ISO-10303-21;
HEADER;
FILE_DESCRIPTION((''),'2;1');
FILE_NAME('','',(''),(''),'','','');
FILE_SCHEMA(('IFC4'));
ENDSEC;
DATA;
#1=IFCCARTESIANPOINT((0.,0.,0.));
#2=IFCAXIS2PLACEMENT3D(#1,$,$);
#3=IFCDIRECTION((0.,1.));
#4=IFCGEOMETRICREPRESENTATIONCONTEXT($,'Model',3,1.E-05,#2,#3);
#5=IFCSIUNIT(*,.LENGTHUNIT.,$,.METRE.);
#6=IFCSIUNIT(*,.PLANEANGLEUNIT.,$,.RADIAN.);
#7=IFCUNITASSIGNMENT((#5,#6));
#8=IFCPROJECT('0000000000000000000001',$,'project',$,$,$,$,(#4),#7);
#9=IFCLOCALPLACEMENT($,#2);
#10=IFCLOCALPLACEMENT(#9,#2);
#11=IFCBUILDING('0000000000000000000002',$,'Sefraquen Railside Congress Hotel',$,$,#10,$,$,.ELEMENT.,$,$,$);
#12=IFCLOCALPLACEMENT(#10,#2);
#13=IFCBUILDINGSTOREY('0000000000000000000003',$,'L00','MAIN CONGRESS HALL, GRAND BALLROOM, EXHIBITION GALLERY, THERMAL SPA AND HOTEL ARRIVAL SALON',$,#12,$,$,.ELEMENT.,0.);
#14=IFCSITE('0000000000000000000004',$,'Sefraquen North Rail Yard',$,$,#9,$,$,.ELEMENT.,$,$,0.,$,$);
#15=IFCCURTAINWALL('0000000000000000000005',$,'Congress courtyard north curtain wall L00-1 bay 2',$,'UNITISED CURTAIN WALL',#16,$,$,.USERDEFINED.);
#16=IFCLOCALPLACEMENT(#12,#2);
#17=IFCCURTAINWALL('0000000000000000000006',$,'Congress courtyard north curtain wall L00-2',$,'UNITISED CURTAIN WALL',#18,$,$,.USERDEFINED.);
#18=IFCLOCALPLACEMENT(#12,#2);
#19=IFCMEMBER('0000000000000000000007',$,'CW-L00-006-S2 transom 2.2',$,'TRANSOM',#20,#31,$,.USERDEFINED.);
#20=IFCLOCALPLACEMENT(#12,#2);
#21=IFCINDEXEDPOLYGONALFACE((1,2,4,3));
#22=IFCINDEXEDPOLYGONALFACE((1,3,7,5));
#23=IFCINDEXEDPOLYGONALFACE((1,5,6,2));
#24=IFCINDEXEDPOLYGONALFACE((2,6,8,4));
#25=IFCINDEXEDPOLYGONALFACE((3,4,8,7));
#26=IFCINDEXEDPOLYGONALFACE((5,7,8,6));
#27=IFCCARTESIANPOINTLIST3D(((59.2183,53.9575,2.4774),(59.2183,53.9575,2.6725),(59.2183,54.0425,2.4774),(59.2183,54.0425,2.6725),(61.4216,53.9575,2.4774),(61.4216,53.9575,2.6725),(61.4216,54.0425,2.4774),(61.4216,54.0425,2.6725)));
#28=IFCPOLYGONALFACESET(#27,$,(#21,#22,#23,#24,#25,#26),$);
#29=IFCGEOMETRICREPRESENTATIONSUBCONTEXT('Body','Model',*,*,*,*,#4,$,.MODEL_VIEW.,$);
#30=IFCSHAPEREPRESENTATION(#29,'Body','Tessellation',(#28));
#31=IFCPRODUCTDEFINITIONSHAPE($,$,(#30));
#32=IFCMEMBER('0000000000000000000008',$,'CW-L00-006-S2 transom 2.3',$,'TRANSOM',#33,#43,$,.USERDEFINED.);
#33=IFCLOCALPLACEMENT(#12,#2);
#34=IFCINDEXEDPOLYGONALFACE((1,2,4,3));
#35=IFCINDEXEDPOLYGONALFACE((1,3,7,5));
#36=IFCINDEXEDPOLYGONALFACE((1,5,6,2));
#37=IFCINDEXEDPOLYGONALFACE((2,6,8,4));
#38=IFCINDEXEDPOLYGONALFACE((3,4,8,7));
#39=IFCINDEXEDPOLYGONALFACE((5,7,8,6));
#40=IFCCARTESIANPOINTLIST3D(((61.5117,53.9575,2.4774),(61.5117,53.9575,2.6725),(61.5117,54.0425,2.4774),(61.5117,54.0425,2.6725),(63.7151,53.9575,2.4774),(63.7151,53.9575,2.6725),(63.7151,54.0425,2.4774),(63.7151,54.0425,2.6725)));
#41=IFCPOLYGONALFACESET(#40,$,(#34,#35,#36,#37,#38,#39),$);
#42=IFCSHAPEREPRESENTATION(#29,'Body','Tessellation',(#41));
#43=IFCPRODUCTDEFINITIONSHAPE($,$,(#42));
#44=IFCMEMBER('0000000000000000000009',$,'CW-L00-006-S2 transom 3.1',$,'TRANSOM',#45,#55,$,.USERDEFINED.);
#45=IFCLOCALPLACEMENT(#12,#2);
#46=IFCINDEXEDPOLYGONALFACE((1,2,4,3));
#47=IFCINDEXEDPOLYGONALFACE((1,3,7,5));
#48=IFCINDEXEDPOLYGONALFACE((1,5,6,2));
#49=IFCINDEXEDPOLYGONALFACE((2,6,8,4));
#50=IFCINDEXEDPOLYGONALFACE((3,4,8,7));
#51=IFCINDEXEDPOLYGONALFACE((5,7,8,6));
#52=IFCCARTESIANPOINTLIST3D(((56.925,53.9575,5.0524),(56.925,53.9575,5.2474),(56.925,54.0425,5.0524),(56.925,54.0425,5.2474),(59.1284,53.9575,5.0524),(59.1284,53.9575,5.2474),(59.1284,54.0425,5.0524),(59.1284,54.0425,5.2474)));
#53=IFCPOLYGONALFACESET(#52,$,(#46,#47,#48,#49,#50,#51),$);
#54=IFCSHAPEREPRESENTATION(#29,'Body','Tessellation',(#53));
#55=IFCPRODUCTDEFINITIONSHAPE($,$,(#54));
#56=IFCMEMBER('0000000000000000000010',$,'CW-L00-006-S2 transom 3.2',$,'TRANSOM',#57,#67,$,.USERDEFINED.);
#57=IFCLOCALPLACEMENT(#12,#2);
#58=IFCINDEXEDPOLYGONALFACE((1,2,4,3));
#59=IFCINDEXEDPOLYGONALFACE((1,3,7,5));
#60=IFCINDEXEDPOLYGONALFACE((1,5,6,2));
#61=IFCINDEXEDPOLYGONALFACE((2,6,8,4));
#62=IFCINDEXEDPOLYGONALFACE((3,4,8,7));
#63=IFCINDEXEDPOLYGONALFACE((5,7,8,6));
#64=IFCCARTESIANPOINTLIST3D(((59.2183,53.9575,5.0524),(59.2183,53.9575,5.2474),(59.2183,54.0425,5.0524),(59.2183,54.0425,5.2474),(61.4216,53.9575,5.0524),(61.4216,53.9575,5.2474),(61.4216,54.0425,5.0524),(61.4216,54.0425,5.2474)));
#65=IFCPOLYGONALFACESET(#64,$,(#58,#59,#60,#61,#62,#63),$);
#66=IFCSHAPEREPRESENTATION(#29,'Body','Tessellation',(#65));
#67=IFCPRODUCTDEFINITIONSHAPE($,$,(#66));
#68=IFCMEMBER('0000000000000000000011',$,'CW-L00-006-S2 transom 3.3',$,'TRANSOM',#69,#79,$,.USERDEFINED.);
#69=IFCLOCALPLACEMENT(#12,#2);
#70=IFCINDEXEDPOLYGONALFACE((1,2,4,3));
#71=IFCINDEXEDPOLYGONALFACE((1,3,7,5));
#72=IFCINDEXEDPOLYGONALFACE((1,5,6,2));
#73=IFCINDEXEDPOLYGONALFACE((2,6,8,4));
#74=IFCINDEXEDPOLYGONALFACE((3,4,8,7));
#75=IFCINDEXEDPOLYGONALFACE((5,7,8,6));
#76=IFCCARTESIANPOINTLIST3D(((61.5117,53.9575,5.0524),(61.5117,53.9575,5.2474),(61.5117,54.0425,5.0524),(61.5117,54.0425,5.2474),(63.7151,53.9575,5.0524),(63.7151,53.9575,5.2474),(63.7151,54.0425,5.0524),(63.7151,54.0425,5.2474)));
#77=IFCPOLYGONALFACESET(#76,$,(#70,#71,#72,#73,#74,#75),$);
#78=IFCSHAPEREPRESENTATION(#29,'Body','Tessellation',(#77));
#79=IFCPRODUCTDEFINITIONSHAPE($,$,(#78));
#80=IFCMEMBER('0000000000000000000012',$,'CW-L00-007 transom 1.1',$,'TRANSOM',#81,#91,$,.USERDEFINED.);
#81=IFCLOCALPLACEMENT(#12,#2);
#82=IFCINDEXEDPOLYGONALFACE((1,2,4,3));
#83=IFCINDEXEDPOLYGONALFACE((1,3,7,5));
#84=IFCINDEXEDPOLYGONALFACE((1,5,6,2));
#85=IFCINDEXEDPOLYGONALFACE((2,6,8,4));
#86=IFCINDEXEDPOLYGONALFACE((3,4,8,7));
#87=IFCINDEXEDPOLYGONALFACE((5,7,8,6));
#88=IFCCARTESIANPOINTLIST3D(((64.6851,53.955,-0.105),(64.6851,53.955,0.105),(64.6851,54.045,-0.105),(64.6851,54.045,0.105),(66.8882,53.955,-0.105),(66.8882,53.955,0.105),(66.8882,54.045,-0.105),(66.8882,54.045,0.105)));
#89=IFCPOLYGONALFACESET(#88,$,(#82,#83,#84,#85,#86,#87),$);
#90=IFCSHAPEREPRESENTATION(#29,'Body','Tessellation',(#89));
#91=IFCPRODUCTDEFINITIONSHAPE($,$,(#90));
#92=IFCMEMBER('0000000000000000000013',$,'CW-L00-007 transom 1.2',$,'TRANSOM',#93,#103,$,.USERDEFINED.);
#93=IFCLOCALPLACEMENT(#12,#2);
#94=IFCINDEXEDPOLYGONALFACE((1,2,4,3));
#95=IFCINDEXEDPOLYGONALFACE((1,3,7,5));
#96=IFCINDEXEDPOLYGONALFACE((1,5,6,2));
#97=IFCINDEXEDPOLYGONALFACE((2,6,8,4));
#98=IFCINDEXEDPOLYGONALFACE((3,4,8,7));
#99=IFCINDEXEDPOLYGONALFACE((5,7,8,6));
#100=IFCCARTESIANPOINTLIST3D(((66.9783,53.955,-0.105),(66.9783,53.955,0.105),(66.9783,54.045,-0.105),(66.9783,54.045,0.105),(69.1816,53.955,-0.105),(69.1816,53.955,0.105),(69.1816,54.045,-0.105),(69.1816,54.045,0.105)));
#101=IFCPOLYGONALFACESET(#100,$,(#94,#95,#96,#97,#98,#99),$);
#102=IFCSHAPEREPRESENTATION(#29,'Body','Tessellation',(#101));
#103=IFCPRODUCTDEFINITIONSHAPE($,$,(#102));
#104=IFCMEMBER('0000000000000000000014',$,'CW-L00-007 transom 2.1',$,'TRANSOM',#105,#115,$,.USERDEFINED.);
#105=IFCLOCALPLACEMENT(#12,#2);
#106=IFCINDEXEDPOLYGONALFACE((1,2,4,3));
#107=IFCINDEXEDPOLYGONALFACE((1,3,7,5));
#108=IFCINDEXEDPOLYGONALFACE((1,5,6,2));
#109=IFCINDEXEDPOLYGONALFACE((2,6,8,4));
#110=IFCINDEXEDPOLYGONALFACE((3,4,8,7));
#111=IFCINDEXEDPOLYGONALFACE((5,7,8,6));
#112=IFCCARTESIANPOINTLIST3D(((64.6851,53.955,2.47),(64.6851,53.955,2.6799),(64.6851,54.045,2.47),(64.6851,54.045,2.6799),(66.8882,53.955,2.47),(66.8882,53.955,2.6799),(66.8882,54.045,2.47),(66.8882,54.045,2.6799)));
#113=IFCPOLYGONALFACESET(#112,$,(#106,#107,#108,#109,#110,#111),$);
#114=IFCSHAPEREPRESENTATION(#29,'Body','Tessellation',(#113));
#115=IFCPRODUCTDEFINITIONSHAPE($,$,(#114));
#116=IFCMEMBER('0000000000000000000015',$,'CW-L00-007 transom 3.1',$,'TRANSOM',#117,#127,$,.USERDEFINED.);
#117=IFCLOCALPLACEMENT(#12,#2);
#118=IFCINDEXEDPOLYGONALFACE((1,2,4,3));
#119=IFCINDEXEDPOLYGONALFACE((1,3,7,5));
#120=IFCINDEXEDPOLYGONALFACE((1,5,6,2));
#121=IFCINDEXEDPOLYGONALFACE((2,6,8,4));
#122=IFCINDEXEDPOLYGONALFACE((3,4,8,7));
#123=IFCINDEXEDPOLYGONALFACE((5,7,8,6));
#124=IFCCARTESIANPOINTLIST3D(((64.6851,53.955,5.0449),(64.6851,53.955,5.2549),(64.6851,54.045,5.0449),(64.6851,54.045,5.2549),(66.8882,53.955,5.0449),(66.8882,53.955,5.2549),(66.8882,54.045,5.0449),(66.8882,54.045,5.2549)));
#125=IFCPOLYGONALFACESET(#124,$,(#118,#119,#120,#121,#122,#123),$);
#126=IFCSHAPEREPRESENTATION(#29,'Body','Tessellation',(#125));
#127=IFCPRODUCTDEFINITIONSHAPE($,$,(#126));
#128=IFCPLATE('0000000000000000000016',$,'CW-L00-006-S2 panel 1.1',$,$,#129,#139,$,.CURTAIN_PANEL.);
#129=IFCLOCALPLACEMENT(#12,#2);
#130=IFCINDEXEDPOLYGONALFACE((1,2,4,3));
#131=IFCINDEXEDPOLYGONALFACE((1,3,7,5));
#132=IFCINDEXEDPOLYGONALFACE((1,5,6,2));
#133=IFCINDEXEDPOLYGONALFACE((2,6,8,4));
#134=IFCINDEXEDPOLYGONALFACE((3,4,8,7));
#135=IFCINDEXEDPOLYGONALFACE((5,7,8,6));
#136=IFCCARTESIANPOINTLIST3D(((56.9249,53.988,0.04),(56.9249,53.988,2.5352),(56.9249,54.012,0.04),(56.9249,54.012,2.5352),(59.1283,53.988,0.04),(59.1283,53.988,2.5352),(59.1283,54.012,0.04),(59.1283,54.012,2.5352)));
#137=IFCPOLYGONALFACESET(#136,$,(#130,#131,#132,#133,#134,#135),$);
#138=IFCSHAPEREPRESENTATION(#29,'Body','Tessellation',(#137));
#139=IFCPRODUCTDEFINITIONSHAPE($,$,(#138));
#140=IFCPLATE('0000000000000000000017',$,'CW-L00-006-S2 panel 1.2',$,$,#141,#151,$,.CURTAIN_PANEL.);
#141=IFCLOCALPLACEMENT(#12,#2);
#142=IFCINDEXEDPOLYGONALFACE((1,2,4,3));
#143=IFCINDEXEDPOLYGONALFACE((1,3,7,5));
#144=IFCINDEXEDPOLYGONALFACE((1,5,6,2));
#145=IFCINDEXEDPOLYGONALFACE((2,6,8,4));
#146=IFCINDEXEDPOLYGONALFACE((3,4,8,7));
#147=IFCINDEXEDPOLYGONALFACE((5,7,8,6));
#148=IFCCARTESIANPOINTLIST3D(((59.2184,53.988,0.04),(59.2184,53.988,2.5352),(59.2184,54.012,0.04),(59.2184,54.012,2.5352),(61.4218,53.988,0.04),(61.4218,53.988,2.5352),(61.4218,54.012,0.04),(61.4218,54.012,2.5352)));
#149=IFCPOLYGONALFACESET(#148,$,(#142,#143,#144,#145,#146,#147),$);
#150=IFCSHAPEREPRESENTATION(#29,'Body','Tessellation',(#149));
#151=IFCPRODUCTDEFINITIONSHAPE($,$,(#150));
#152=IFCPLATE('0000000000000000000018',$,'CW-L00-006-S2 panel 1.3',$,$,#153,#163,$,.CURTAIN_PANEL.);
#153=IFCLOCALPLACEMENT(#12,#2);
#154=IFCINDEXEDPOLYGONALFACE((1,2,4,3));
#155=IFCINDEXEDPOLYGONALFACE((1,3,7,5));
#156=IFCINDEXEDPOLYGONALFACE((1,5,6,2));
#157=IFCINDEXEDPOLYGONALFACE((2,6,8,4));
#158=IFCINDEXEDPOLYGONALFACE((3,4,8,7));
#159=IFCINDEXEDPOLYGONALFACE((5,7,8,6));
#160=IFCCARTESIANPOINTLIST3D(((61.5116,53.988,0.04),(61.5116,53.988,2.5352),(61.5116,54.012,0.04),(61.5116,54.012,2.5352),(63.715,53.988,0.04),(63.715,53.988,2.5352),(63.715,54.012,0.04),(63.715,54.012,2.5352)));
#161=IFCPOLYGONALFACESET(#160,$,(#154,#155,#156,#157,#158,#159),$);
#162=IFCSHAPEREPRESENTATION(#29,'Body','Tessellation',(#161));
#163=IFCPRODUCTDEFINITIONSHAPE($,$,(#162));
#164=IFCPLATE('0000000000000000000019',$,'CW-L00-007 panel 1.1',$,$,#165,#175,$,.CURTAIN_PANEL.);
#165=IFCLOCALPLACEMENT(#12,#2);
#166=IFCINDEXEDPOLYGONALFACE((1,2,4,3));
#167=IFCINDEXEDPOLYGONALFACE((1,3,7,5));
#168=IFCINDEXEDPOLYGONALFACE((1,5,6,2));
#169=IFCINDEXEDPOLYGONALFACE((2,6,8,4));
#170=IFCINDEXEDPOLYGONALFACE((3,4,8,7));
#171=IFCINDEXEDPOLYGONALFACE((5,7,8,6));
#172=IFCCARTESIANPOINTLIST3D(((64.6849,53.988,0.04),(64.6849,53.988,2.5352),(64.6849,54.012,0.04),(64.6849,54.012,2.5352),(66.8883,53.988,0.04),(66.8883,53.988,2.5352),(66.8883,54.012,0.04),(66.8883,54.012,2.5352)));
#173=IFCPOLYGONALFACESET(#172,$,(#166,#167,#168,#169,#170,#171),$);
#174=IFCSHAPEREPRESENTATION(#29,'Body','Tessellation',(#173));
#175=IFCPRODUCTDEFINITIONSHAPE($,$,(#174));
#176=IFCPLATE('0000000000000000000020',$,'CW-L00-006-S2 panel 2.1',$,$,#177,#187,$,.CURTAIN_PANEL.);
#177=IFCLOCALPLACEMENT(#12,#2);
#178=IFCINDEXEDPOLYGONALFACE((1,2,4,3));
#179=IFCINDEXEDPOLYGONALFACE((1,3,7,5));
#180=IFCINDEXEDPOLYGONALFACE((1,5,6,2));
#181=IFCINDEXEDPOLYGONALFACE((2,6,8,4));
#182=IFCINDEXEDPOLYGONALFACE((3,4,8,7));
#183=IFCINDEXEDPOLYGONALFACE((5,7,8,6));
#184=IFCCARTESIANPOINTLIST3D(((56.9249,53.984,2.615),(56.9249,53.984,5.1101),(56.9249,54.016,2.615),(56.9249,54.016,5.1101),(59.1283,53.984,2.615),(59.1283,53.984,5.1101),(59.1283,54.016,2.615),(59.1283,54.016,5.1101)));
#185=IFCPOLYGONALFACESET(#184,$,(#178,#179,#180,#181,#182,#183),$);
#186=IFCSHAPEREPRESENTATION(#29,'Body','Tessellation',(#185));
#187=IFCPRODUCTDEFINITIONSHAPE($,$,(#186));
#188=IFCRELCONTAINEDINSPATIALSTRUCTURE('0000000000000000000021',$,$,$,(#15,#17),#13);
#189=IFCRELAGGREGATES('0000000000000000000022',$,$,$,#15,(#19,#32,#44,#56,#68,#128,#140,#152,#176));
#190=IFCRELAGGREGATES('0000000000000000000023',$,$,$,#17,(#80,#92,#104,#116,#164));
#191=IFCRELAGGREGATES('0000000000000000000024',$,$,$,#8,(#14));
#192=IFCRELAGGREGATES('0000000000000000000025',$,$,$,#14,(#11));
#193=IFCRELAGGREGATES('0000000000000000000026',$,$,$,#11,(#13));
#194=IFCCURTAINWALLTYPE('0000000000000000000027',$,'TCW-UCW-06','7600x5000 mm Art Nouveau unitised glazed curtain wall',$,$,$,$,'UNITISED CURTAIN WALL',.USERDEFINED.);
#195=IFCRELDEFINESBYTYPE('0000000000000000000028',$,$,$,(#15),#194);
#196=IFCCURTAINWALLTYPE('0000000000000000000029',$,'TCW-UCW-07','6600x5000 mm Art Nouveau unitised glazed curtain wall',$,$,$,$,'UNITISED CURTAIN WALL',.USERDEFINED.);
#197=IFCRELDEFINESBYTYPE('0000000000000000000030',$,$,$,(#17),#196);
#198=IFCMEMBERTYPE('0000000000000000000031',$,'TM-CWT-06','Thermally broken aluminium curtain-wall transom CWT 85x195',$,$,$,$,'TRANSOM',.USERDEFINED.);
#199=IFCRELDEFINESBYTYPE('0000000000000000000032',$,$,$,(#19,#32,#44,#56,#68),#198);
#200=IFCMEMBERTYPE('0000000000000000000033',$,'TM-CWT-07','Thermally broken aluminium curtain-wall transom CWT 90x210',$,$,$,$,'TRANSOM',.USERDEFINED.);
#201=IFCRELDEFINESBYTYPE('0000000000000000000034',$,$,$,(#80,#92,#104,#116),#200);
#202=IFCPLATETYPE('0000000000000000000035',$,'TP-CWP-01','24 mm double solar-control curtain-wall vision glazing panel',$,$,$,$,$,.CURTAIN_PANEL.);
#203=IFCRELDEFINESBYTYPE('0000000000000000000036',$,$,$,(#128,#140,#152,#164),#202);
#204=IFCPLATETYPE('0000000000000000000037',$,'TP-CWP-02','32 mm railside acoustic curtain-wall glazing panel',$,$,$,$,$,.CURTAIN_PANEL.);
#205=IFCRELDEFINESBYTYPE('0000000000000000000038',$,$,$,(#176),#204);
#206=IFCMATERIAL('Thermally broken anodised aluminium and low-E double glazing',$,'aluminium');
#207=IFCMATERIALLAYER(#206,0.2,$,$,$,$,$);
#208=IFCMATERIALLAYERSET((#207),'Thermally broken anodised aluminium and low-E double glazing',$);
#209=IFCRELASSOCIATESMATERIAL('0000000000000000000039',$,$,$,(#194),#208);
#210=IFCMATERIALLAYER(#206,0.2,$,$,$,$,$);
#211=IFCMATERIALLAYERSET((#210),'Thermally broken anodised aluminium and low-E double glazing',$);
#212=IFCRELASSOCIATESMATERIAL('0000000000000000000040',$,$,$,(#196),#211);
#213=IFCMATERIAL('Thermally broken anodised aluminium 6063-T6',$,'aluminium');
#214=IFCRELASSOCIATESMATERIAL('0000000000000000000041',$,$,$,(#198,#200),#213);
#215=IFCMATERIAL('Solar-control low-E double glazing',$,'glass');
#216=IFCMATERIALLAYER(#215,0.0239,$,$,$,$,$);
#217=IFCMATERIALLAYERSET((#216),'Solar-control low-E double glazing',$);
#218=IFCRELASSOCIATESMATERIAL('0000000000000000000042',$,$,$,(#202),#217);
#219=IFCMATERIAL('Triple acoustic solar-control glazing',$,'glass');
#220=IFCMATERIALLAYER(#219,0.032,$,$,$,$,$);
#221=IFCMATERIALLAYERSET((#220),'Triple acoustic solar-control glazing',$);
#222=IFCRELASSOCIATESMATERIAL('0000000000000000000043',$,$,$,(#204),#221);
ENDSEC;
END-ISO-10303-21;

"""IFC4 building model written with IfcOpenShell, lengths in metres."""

from ifc_helpers import new_model, si_unit, direction, frame, origin, origin_2d, place, context, subcontext, project, spatial, rectangle, extrude, material, layer, layer_set, material_profile, profile_set, type_object, element, aggregate, save


model = new_model("IFC4")

# Units and contexts
model_context = context("Model", 3, precision=1e-05, world=origin(), true_north=direction((0.0, 1.0)))
body_context = subcontext(model_context, "Body", "Model", "MODEL_VIEW")
ifc_project = project(units=[si_unit("LENGTHUNIT", "METRE"), si_unit("PLANEANGLEUNIT", "RADIAN")], contexts=[model_context])

# Site, building, storey
site_placement = place(None, origin())
site = spatial("IfcSite", under=ifc_project, at=site_placement, Name="Sefraquen North Rail Yard", CompositionType="ELEMENT", RefElevation=0.0)
building_placement = place(site_placement, origin())
building = spatial("IfcBuilding", under=site, at=building_placement, Name="Sefraquen Railside Congress Hotel", CompositionType="ELEMENT")
storey_placement = place(building_placement, origin())
storey = spatial("IfcBuildingStorey", under=building, at=storey_placement, Name="L00", Description="MAIN CONGRESS HALL, GRAND BALLROOM, EXHIBITION GALLERY, THERMAL SPA AND HOTEL ARRIVAL SALON", CompositionType="ELEMENT", Elevation=0.0)

# Curtain wall
ifc_material_1 = material(Name="Thermally broken anodised aluminium and low-E double glazing", Category="aluminium")
ifc_layer_1 = layer(ifc_material_1, 0.2)
ifc_layer_set_1 = layer_set([ifc_layer_1], Name="Thermally broken anodised aluminium and low-E double glazing")
curtain_wall_type_1 = type_object("IfcCurtainWallType", Name="TCW-UCW-06", Description="7600x5000 mm Art Nouveau unitised glazed curtain wall", ElementType="UNITISED CURTAIN WALL", PredefinedType="USERDEFINED", material=ifc_layer_set_1)
curtain_wall_1_placement = place(storey_placement, origin())
curtain_wall_1 = element("IfcCurtainWall", 1, at=curtain_wall_1_placement, inside=storey, type_object=curtain_wall_type_1, Name="Congress courtyard north curtain wall L00-1 bay 2", ObjectType="UNITISED CURTAIN WALL", PredefinedType="USERDEFINED")
ifc_material_2 = material(Name="Thermally broken anodised aluminium 6063-T6", Category="aluminium")

# Curtain wall
ifc_layer_2 = layer(ifc_material_1, 0.2)
ifc_layer_set_2 = layer_set([ifc_layer_2], Name="Thermally broken anodised aluminium and low-E double glazing")
curtain_wall_type_2 = type_object("IfcCurtainWallType", Name="TCW-UCW-07", Description="6600x5000 mm Art Nouveau unitised glazed curtain wall", ElementType="UNITISED CURTAIN WALL", PredefinedType="USERDEFINED", material=ifc_layer_set_2)
curtain_wall_2_placement = place(storey_placement, origin())
curtain_wall_2 = element("IfcCurtainWall", 2, at=curtain_wall_2_placement, inside=storey, type_object=curtain_wall_type_2, Name="Congress courtyard north curtain wall L00-2", ObjectType="UNITISED CURTAIN WALL", PredefinedType="USERDEFINED")

# Members
ifc_material_profile_1 = material_profile(ifc_material_2, rectangle(XDim=0.085, YDim=0.1951, at=origin_2d()), Name="CWT 85x195")
ifc_profile_set_1 = profile_set([ifc_material_profile_1], Name="Thermally broken anodised aluminium 6063-T6")
member_type_1 = type_object("IfcMemberType", Name="TM-CWT-06", Description="Thermally broken aluminium curtain-wall transom CWT 85x195", ElementType="TRANSOM", PredefinedType="USERDEFINED", material=ifc_profile_set_1)
member_1_placement = place(storey_placement, frame((59.2183, 54.0, 2.575), z_axis=(1.0, 0.0, 0.0), x_axis=(0.0, 1.0, 0.0)))
member_1 = element("IfcMember", 3, at=member_1_placement, type_object=member_type_1, Name="CW-L00-006-S2 transom 2.2", ObjectType="TRANSOM", PredefinedType="USERDEFINED", context=body_context, shape_type="SweptSolid", body=[
    extrude(rectangle(XDim=0.085, YDim=0.1951, at=origin_2d()), origin(), (0.0, 0.0, 1.0), 2.2034),
])
member_2_placement = place(storey_placement, frame((61.5117, 54.0, 2.575), z_axis=(1.0, 0.0, 0.0), x_axis=(0.0, 1.0, 0.0)))
member_2 = element("IfcMember", 4, at=member_2_placement, type_object=member_type_1, Name="CW-L00-006-S2 transom 2.3", ObjectType="TRANSOM", PredefinedType="USERDEFINED", context=body_context, shape_type="SweptSolid", body=[
    extrude(rectangle(XDim=0.085, YDim=0.1951, at=origin_2d()), origin(), (0.0, 0.0, 1.0), 2.2034),
])
member_3_placement = place(storey_placement, frame((56.925, 54.0, 5.1499), z_axis=(1.0, 0.0, 0.0), x_axis=(0.0, 1.0, 0.0)))
member_3 = element("IfcMember", 5, at=member_3_placement, type_object=member_type_1, Name="CW-L00-006-S2 transom 3.1", ObjectType="TRANSOM", PredefinedType="USERDEFINED", context=body_context, shape_type="SweptSolid", body=[
    extrude(rectangle(XDim=0.085, YDim=0.1951, at=origin_2d()), origin(), (0.0, 0.0, 1.0), 2.2034),
])
member_4_placement = place(storey_placement, frame((59.2183, 54.0, 5.1499), z_axis=(1.0, 0.0, 0.0), x_axis=(0.0, 1.0, 0.0)))
member_4 = element("IfcMember", 6, at=member_4_placement, type_object=member_type_1, Name="CW-L00-006-S2 transom 3.2", ObjectType="TRANSOM", PredefinedType="USERDEFINED", context=body_context, shape_type="SweptSolid", body=[
    extrude(rectangle(XDim=0.085, YDim=0.1951, at=origin_2d()), origin(), (0.0, 0.0, 1.0), 2.2034),
])
member_5_placement = place(storey_placement, frame((61.5117, 54.0, 5.1499), z_axis=(1.0, 0.0, 0.0), x_axis=(0.0, 1.0, 0.0)))
member_5 = element("IfcMember", 7, at=member_5_placement, type_object=member_type_1, Name="CW-L00-006-S2 transom 3.3", ObjectType="TRANSOM", PredefinedType="USERDEFINED", context=body_context, shape_type="SweptSolid", body=[
    extrude(rectangle(XDim=0.085, YDim=0.1951, at=origin_2d()), origin(), (0.0, 0.0, 1.0), 2.2034),
])
ifc_material_profile_2 = material_profile(ifc_material_2, rectangle(XDim=0.0901, YDim=0.21, at=origin_2d()), Name="CWT 90x210")
ifc_profile_set_2 = profile_set([ifc_material_profile_2], Name="Thermally broken anodised aluminium 6063-T6")
member_type_2 = type_object("IfcMemberType", Name="TM-CWT-07", Description="Thermally broken aluminium curtain-wall transom CWT 90x210", ElementType="TRANSOM", PredefinedType="USERDEFINED", material=ifc_profile_set_2)
member_6_placement = place(storey_placement, frame((64.6851, 54.0, 0.0), z_axis=(1.0, 0.0, 0.0), x_axis=(0.0, 1.0, 0.0)))
member_6 = element("IfcMember", 8, at=member_6_placement, type_object=member_type_2, Name="CW-L00-007 transom 1.1", ObjectType="TRANSOM", PredefinedType="USERDEFINED", context=body_context, shape_type="SweptSolid", body=[
    extrude(rectangle(XDim=0.0901, YDim=0.21, at=origin_2d()), origin(), (0.0, 0.0, 1.0), 2.2031),
])
member_7_placement = place(storey_placement, frame((66.9783, 54.0, 0.0), z_axis=(1.0, 0.0, 0.0), x_axis=(0.0, 1.0, 0.0)))
member_7 = element("IfcMember", 9, at=member_7_placement, type_object=member_type_2, Name="CW-L00-007 transom 1.2", ObjectType="TRANSOM", PredefinedType="USERDEFINED", context=body_context, shape_type="SweptSolid", body=[
    extrude(rectangle(XDim=0.0901, YDim=0.21, at=origin_2d()), origin(), (0.0, 0.0, 1.0), 2.2034),
])
member_8_placement = place(storey_placement, frame((64.6851, 54.0, 2.575), z_axis=(1.0, 0.0, 0.0), x_axis=(0.0, 1.0, 0.0)))
member_8 = element("IfcMember", 10, at=member_8_placement, type_object=member_type_2, Name="CW-L00-007 transom 2.1", ObjectType="TRANSOM", PredefinedType="USERDEFINED", context=body_context, shape_type="SweptSolid", body=[
    extrude(rectangle(XDim=0.0901, YDim=0.21, at=origin_2d()), origin(), (0.0, 0.0, 1.0), 2.2031),
])
member_9_placement = place(storey_placement, frame((64.6851, 54.0, 5.1499), z_axis=(1.0, 0.0, 0.0), x_axis=(0.0, 1.0, 0.0)))
member_9 = element("IfcMember", 11, at=member_9_placement, type_object=member_type_2, Name="CW-L00-007 transom 3.1", ObjectType="TRANSOM", PredefinedType="USERDEFINED", context=body_context, shape_type="SweptSolid", body=[
    extrude(rectangle(XDim=0.0901, YDim=0.21, at=origin_2d()), origin(), (0.0, 0.0, 1.0), 2.2031),
])

# Plates
ifc_material_3 = material(Name="Solar-control low-E double glazing", Category="glass")
ifc_layer_3 = layer(ifc_material_3, 0.0239)
ifc_layer_set_3 = layer_set([ifc_layer_3], Name="Solar-control low-E double glazing")
plate_type_1 = type_object("IfcPlateType", Name="TP-CWP-01", Description="24 mm double solar-control curtain-wall vision glazing panel", PredefinedType="CURTAIN_PANEL", material=ifc_layer_set_3)
plate_1_placement = place(storey_placement, frame((58.0266, 54.0, 0.04), z_axis=(0.0, 0.0, 1.0), x_axis=(1.0, 0.0, 0.0)))
plate_1 = element("IfcPlate", 12, at=plate_1_placement, type_object=plate_type_1, Name="CW-L00-006-S2 panel 1.1", PredefinedType="CURTAIN_PANEL", context=body_context, shape_type="SweptSolid", body=[
    extrude(rectangle(XDim=2.2034, YDim=0.0239, at=origin_2d()), origin(), (0.0, 0.0, 1.0), 2.4951),
])
plate_2_placement = place(storey_placement, frame((60.3201, 54.0, 0.04), z_axis=(0.0, 0.0, 1.0), x_axis=(1.0, 0.0, 0.0)))
plate_2 = element("IfcPlate", 13, at=plate_2_placement, type_object=plate_type_1, Name="CW-L00-006-S2 panel 1.2", PredefinedType="CURTAIN_PANEL", context=body_context, shape_type="SweptSolid", body=[
    extrude(rectangle(XDim=2.2034, YDim=0.0239, at=origin_2d()), origin(), (0.0, 0.0, 1.0), 2.4951),
])
plate_3_placement = place(storey_placement, frame((62.6133, 54.0, 0.04), z_axis=(0.0, 0.0, 1.0), x_axis=(1.0, 0.0, 0.0)))
plate_3 = element("IfcPlate", 14, at=plate_3_placement, type_object=plate_type_1, Name="CW-L00-006-S2 panel 1.3", PredefinedType="CURTAIN_PANEL", context=body_context, shape_type="SweptSolid", body=[
    extrude(rectangle(XDim=2.2034, YDim=0.0239, at=origin_2d()), origin(), (0.0, 0.0, 1.0), 2.4951),
])
plate_4_placement = place(storey_placement, frame((65.7866, 54.0, 0.04), z_axis=(0.0, 0.0, 1.0), x_axis=(1.0, 0.0, 0.0)))
plate_4 = element("IfcPlate", 15, at=plate_4_placement, type_object=plate_type_1, Name="CW-L00-007 panel 1.1", PredefinedType="CURTAIN_PANEL", context=body_context, shape_type="SweptSolid", body=[
    extrude(rectangle(XDim=2.2034, YDim=0.0239, at=origin_2d()), origin(), (0.0, 0.0, 1.0), 2.4951),
])
ifc_material_4 = material(Name="Triple acoustic solar-control glazing", Category="glass")
ifc_layer_4 = layer(ifc_material_4, 0.032)
ifc_layer_set_4 = layer_set([ifc_layer_4], Name="Triple acoustic solar-control glazing")
plate_type_2 = type_object("IfcPlateType", Name="TP-CWP-02", Description="32 mm railside acoustic curtain-wall glazing panel", PredefinedType="CURTAIN_PANEL", material=ifc_layer_set_4)
plate_5_placement = place(storey_placement, frame((58.0266, 54.0, 2.615), z_axis=(0.0, 0.0, 1.0), x_axis=(1.0, 0.0, 0.0)))
plate_5 = element("IfcPlate", 16, at=plate_5_placement, type_object=plate_type_2, Name="CW-L00-006-S2 panel 2.1", PredefinedType="CURTAIN_PANEL", context=body_context, shape_type="SweptSolid", body=[
    extrude(rectangle(XDim=2.2034, YDim=0.032, at=origin_2d()), origin(), (0.0, 0.0, 1.0), 2.4951),
])
aggregate(curtain_wall_1, [member_1, member_2, member_3, member_4, member_5, plate_1, plate_2, plate_3, plate_5])
aggregate(curtain_wall_2, [member_6, member_7, member_8, member_9, plate_4])

save(model, "model.ifc")
